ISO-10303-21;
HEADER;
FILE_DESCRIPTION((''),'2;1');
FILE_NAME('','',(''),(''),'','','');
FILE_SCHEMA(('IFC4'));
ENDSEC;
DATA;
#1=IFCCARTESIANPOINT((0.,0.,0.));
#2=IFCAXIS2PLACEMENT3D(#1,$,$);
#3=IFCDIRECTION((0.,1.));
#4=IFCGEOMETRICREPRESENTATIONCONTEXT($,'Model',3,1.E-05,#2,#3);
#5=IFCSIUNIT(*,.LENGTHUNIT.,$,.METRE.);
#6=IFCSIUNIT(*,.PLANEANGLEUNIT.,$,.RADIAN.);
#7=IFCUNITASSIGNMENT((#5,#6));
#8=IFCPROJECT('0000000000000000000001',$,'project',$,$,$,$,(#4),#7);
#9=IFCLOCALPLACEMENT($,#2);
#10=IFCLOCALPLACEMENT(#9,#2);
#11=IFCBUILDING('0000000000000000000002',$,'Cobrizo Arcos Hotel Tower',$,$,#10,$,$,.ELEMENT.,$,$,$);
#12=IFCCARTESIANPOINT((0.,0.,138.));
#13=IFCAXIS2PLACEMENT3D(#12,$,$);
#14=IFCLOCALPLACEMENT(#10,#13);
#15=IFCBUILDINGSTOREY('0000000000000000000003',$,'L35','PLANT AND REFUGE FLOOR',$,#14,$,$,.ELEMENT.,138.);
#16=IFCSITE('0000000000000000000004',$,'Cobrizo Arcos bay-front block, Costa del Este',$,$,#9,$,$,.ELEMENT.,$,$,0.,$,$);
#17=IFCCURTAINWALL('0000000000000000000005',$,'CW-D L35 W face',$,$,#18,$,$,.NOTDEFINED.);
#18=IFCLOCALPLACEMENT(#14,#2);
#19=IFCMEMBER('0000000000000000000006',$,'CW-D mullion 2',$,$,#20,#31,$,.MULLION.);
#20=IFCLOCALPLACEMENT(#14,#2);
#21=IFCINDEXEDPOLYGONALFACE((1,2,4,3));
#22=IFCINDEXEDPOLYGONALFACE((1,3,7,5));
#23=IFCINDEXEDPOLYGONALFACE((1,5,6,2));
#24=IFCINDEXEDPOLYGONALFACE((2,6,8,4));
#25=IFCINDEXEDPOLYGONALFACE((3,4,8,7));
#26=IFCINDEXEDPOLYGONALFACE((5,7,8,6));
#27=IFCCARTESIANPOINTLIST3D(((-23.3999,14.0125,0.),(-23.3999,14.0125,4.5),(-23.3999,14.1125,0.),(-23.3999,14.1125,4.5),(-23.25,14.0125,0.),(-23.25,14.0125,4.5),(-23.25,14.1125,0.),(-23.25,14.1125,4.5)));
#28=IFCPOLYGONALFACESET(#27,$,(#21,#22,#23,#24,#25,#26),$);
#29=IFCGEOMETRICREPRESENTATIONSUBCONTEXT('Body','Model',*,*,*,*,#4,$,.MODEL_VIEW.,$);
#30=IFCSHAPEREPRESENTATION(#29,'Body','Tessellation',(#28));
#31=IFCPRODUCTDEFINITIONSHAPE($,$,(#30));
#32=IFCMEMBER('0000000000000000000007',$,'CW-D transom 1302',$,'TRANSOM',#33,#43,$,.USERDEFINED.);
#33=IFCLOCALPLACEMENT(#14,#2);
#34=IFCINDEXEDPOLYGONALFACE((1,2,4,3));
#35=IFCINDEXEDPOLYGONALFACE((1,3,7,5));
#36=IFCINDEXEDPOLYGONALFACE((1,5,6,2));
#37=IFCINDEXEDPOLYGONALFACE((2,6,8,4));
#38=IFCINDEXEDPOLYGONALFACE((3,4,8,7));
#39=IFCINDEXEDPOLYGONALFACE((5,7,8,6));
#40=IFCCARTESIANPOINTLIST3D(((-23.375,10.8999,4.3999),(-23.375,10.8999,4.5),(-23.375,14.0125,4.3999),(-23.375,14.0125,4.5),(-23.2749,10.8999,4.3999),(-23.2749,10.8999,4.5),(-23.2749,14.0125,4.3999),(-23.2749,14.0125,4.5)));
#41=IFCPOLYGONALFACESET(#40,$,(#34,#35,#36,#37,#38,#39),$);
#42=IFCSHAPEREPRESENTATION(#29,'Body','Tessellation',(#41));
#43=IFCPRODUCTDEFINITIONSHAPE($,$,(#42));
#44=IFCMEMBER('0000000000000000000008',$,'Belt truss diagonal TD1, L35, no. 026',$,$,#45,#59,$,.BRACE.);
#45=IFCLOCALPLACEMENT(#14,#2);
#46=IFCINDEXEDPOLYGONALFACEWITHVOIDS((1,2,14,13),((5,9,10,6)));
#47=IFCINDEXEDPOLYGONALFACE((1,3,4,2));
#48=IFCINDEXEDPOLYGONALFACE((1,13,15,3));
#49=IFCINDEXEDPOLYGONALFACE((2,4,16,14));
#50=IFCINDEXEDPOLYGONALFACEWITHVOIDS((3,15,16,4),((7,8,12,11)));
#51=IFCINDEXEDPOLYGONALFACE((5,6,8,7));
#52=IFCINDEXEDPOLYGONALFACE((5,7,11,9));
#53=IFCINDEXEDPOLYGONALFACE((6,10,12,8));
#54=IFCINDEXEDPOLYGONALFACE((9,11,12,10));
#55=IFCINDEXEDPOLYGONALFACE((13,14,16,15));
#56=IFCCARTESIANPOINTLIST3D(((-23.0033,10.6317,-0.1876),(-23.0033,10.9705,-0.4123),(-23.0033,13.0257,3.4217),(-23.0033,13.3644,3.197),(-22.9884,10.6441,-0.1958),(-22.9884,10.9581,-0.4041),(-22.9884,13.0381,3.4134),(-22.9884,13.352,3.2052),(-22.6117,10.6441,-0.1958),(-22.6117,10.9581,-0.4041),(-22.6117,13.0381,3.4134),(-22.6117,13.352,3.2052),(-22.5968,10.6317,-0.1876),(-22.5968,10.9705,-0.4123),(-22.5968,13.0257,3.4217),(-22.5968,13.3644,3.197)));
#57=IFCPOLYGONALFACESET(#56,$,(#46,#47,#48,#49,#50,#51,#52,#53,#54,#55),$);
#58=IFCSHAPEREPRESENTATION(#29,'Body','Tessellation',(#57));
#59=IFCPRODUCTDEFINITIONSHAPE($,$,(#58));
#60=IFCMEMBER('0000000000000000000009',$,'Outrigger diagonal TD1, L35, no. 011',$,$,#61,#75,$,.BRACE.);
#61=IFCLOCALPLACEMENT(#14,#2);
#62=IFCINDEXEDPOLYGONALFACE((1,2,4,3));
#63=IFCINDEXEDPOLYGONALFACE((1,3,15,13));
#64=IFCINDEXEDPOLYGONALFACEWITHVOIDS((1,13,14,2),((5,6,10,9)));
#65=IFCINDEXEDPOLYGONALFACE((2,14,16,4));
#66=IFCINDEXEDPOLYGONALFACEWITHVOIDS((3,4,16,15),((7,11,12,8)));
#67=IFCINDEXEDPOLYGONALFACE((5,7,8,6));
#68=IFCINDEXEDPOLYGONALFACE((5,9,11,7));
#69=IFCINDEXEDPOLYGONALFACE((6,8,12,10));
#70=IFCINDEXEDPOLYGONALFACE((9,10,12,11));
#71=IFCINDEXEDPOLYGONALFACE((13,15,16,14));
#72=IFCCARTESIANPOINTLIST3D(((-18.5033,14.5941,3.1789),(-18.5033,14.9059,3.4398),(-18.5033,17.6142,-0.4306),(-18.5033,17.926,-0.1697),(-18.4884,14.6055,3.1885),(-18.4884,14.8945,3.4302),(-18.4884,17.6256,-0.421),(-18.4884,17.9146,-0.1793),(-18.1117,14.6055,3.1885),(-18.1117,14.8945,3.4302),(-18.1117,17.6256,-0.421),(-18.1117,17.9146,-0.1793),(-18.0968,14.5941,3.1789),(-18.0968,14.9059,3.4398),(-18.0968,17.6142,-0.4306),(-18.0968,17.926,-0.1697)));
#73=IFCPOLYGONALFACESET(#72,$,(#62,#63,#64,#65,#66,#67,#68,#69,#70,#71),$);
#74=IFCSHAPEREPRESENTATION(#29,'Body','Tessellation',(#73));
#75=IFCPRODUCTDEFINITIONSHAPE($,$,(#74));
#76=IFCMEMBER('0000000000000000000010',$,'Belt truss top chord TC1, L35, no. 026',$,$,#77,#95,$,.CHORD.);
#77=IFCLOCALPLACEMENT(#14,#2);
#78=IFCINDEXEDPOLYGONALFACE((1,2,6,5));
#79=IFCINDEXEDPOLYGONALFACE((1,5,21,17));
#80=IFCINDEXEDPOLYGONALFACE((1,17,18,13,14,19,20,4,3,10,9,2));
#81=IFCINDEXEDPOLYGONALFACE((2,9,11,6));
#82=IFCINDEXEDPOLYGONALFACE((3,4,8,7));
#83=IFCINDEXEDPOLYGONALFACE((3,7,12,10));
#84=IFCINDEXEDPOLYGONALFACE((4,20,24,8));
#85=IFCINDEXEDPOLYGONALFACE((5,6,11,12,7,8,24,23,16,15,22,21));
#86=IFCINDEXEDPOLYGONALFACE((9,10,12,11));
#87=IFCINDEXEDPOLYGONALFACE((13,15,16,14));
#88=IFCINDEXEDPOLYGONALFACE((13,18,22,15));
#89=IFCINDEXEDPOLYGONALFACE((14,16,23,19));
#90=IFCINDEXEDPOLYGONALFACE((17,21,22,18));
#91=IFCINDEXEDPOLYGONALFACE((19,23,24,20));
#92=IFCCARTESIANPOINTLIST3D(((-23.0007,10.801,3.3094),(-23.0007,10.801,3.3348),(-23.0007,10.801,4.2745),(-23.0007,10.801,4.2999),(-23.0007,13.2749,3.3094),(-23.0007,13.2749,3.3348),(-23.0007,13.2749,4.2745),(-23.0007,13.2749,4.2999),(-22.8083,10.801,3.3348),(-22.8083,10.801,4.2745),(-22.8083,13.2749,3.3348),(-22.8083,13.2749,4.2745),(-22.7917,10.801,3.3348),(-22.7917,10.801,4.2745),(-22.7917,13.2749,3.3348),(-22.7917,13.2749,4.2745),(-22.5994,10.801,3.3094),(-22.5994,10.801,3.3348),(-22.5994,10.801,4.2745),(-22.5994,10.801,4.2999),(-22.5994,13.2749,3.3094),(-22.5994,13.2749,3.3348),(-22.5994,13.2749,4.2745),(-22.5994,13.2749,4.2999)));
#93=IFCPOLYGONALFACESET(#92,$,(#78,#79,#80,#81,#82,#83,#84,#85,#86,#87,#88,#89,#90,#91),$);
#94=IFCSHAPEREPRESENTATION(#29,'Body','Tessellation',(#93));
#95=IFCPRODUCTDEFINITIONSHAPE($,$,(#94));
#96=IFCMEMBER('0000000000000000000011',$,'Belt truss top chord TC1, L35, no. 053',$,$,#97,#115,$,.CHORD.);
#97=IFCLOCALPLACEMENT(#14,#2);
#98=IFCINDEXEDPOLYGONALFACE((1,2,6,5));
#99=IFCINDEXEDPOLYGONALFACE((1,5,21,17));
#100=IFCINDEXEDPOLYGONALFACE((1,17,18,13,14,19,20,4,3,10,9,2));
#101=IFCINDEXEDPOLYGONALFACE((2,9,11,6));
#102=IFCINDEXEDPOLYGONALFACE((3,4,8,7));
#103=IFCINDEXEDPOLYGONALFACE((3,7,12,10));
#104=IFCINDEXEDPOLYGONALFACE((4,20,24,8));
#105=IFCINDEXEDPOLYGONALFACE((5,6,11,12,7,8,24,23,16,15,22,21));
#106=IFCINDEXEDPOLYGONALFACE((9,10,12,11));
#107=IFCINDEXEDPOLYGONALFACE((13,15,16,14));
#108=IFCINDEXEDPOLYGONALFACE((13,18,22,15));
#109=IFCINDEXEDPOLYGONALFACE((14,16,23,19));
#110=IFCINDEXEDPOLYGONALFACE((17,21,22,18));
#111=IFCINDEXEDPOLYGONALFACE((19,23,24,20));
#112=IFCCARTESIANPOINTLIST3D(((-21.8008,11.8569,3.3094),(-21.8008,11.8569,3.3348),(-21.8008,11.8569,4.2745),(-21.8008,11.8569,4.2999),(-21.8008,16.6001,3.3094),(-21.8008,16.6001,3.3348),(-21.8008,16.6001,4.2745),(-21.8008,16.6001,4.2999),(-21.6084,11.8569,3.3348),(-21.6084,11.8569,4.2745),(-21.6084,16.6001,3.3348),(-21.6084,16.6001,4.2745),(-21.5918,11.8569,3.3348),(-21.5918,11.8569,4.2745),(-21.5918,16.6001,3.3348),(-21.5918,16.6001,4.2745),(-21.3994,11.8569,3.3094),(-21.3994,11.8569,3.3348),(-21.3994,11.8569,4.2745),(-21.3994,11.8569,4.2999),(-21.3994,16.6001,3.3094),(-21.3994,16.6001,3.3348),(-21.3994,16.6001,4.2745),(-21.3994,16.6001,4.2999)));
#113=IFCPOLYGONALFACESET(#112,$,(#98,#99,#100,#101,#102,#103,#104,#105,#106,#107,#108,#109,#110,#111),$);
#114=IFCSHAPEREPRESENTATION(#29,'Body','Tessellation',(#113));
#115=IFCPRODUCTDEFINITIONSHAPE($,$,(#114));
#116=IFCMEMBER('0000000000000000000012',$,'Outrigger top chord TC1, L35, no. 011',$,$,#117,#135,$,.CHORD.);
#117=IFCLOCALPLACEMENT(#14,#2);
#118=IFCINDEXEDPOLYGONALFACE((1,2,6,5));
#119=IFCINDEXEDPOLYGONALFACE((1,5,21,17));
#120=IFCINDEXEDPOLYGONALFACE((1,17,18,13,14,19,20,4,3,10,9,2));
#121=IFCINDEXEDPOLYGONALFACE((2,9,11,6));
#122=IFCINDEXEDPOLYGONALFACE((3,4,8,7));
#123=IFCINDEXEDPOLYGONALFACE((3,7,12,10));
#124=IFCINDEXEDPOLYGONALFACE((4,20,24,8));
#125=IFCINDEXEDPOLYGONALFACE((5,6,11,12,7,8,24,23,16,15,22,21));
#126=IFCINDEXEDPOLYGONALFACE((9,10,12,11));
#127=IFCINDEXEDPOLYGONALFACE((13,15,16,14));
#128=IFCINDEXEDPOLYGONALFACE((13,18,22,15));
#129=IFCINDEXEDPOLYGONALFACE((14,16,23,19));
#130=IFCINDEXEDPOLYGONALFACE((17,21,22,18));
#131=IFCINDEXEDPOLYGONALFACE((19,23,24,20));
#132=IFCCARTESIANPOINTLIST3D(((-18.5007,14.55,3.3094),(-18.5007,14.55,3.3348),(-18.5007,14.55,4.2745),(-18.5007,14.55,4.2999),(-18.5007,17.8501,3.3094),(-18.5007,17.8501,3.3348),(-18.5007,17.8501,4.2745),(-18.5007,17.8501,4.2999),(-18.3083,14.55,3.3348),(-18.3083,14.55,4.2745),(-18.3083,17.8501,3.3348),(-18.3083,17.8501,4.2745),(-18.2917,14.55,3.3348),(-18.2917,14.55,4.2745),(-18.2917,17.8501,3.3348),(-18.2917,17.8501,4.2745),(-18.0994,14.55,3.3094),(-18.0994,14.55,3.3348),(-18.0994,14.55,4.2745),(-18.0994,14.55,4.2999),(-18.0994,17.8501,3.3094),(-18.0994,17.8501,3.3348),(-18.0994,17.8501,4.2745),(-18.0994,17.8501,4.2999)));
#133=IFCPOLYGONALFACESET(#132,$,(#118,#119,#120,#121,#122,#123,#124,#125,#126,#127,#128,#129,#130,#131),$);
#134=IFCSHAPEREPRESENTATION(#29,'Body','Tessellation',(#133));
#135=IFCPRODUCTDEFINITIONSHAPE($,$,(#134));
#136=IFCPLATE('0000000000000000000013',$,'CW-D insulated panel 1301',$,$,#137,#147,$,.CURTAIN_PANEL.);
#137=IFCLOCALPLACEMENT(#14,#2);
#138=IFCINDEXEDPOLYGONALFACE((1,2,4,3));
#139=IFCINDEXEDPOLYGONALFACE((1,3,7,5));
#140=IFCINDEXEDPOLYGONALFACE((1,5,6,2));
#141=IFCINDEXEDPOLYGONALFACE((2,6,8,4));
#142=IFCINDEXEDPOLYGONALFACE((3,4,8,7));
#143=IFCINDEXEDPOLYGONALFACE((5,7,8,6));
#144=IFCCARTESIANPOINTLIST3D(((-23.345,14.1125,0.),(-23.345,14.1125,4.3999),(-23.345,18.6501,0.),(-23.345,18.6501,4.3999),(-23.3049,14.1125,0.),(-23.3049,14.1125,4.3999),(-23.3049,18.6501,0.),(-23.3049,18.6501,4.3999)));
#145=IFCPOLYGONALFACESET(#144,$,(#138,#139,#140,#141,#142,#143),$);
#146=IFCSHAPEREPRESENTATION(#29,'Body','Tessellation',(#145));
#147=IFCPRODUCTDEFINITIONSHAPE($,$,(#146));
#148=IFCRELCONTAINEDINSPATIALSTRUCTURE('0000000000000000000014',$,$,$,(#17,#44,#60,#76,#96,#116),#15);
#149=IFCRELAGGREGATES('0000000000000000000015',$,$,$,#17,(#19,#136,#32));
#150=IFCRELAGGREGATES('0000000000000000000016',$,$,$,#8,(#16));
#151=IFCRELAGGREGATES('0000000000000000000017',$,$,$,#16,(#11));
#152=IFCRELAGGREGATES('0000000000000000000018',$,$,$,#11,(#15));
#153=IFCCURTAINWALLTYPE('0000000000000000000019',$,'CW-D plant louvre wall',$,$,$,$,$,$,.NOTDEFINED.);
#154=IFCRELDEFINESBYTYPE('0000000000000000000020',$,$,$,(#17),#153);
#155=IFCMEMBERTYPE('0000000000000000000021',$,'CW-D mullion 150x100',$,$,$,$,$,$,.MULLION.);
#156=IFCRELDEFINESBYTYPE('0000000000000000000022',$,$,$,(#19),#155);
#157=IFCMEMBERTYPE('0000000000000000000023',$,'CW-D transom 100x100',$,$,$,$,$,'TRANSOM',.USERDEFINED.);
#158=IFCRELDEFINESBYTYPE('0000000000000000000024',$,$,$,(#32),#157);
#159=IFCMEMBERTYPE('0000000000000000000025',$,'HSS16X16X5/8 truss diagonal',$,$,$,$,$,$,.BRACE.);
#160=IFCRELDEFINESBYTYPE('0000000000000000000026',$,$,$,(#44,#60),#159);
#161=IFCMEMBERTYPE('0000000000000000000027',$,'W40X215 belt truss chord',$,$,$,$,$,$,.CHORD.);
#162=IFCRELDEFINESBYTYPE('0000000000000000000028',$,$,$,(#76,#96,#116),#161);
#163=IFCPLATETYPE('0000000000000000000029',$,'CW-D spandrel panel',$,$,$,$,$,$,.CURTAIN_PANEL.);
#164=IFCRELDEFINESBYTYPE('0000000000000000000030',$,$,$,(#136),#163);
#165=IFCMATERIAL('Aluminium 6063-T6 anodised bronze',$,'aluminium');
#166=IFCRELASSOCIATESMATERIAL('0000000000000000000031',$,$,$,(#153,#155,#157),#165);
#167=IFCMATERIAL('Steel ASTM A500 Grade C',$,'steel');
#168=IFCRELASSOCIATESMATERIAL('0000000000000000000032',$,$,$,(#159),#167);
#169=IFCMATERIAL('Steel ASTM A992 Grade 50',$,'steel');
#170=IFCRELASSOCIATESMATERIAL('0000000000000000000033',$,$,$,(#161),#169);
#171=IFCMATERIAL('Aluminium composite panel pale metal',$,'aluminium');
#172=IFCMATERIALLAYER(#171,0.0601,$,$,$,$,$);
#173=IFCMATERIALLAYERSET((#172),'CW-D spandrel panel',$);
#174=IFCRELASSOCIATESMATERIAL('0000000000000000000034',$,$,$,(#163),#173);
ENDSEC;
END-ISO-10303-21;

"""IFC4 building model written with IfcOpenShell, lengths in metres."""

from ifc_helpers import new_model, si_unit, direction, frame, origin, origin_2d, place, context, subcontext, project, spatial, rectangle, hollow_rectangle, i_section, extrude, material, layer, layer_set, material_profile, profile_set, type_object, element, aggregate, save


model = new_model("IFC4")

# Units and contexts
model_context = context("Model", 3, precision=1e-05, world=origin(), true_north=direction((0.0, 1.0)))
body_context = subcontext(model_context, "Body", "Model", "MODEL_VIEW")
ifc_project = project(units=[si_unit("LENGTHUNIT", "METRE"), si_unit("PLANEANGLEUNIT", "RADIAN")], contexts=[model_context])

# Site, building, storey
site_placement = place(None, origin())
site = spatial("IfcSite", under=ifc_project, at=site_placement, Name="Cobrizo Arcos bay-front block, Costa del Este", CompositionType="ELEMENT", RefElevation=0.0)
building_placement = place(site_placement, origin())
building = spatial("IfcBuilding", under=site, at=building_placement, Name="Cobrizo Arcos Hotel Tower", CompositionType="ELEMENT")
storey_placement = place(building_placement, frame((0.0, 0.0, 138.0)))
storey = spatial("IfcBuildingStorey", under=building, at=storey_placement, Name="L35", Description="PLANT AND REFUGE FLOOR", CompositionType="ELEMENT", Elevation=138.0)

# Curtain wall, members
ifc_material_1 = material(Name="Aluminium 6063-T6 anodised bronze", Category="aluminium")
curtain_wall_type = type_object("IfcCurtainWallType", Name="CW-D plant louvre wall", PredefinedType="NOTDEFINED", material=ifc_material_1)
curtain_wall_placement = place(storey_placement, origin())
curtain_wall = element("IfcCurtainWall", 1, at=curtain_wall_placement, inside=storey, type_object=curtain_wall_type, Name="CW-D L35 W face", PredefinedType="NOTDEFINED")
ifc_material_profile_1 = material_profile(ifc_material_1, rectangle(XDim=0.1499, YDim=0.1001, at=origin_2d()), Name="CW-D mullion 150x100")
ifc_profile_set_1 = profile_set([ifc_material_profile_1], Name="Aluminium 6063-T6 anodised bronze")
member_type_1 = type_object("IfcMemberType", Name="CW-D mullion 150x100", PredefinedType="MULLION", material=ifc_profile_set_1)
member_1_placement = place(storey_placement, frame((-23.325, 14.0625, 0.0), z_axis=(0.0, 0.0, 1.0), x_axis=(-1.0, 0.0, 0.0)))
member_1 = element("IfcMember", 2, at=member_1_placement, type_object=member_type_1, Name="CW-D mullion 2", PredefinedType="MULLION", context=body_context, shape_type="SweptSolid", body=[
    extrude(rectangle(XDim=0.1499, YDim=0.1001, at=origin_2d()), origin(), (0.0, 0.0, 1.0), 4.5),
])
ifc_material_profile_2 = material_profile(ifc_material_1, rectangle(XDim=0.1001, YDim=0.1001, at=origin_2d()), Name="CW-D transom 100x100")
ifc_profile_set_2 = profile_set([ifc_material_profile_2], Name="Aluminium 6063-T6 anodised bronze")
member_type_2 = type_object("IfcMemberType", Name="CW-D transom 100x100", ElementType="TRANSOM", PredefinedType="USERDEFINED", material=ifc_profile_set_2)
member_2_placement = place(storey_placement, frame((-23.325, 14.0125, 4.45), z_axis=(0.0, -1.0, 0.0), x_axis=(1.0, 0.0, 0.0)))
member_2 = element("IfcMember", 3, at=member_2_placement, type_object=member_type_2, Name="CW-D transom 1302", ObjectType="TRANSOM", PredefinedType="USERDEFINED", context=body_context, shape_type="SweptSolid", body=[
    extrude(rectangle(XDim=0.1001, YDim=0.1001, at=origin_2d()), origin(), (0.0, 0.0, 1.0), 3.1125),
])

# Members
ifc_material_2 = material(Name="Steel ASTM A500 Grade C", Category="steel")
ifc_material_profile_3 = material_profile(ifc_material_2, hollow_rectangle(XDim=0.4065, YDim=0.4065, WallThickness=0.0149, at=origin_2d()), Name="HSS16X16X5/8")
ifc_profile_set_3 = profile_set([ifc_material_profile_3], Name="Steel ASTM A500 Grade C")
member_type_3 = type_object("IfcMemberType", Name="HSS16X16X5/8 truss diagonal", PredefinedType="BRACE", material=ifc_profile_set_3)
member_3_placement = place(storey_placement, frame((-22.8, 13.1951, 3.3093), z_axis=(0.0, -0.552747, -0.833349), x_axis=(1.0, 0.0, 0.0)))
element("IfcMember", 4, at=member_3_placement, inside=storey, type_object=member_type_3, Name="Belt truss diagonal TD1, L35, no. 026", PredefinedType="BRACE", context=body_context, shape_type="SweptSolid", body=[
    extrude(hollow_rectangle(XDim=0.4065, YDim=0.4065, WallThickness=0.0149, at=origin_2d()), origin(), (0.0, 0.0, 1.0), 4.3311),
])
member_4_placement = place(storey_placement, frame((-18.3, 14.75, 3.3093), z_axis=(0.0, 0.641714, -0.766944), x_axis=(-1.0, 0.0, 0.0)))
element("IfcMember", 5, at=member_4_placement, inside=storey, type_object=member_type_3, Name="Outrigger diagonal TD1, L35, no. 011", PredefinedType="BRACE", context=body_context, shape_type="SweptSolid", body=[
    extrude(hollow_rectangle(XDim=0.4065, YDim=0.4065, WallThickness=0.0149, at=origin_2d()), origin(), (0.0, 0.0, 1.0), 4.7063),
])
ifc_material_3 = material(Name="Steel ASTM A992 Grade 50", Category="steel")
ifc_material_profile_4 = material_profile(ifc_material_3, i_section(OverallWidth=0.4014, OverallDepth=0.9905, WebThickness=0.0166, FlangeThickness=0.0254, at=origin_2d()), Name="W40X215")
ifc_profile_set_4 = profile_set([ifc_material_profile_4], Name="Steel ASTM A992 Grade 50")
member_type_4 = type_object("IfcMemberType", Name="W40X215 belt truss chord", PredefinedType="CHORD", material=ifc_profile_set_4)
member_5_placement = place(storey_placement, frame((-22.8, 13.2749, 3.8047), z_axis=(0.0, -1.0, 0.0), x_axis=(1.0, 0.0, 0.0)))
element("IfcMember", 6, at=member_5_placement, inside=storey, type_object=member_type_4, Name="Belt truss top chord TC1, L35, no. 026", PredefinedType="CHORD", context=body_context, shape_type="SweptSolid", body=[
    extrude(i_section(OverallWidth=0.4014, OverallDepth=0.9905, WebThickness=0.0166, FlangeThickness=0.0254, at=origin_2d()), origin(), (0.0, 0.0, 1.0), 2.4739),
])
member_6_placement = place(storey_placement, frame((-21.6001, 16.6001, 3.8047), z_axis=(0.0, -1.0, 0.0), x_axis=(1.0, 0.0, 0.0)))
element("IfcMember", 7, at=member_6_placement, inside=storey, type_object=member_type_4, Name="Belt truss top chord TC1, L35, no. 053", PredefinedType="CHORD", context=body_context, shape_type="SweptSolid", body=[
    extrude(i_section(OverallWidth=0.4014, OverallDepth=0.9905, WebThickness=0.0166, FlangeThickness=0.0254, at=origin_2d()), origin(), (0.0, 0.0, 1.0), 4.7432),
])
member_7_placement = place(storey_placement, frame((-18.3, 14.55, 3.8047), z_axis=(0.0, 1.0, 0.0), x_axis=(-1.0, 0.0, 0.0)))
element("IfcMember", 8, at=member_7_placement, inside=storey, type_object=member_type_4, Name="Outrigger top chord TC1, L35, no. 011", PredefinedType="CHORD", context=body_context, shape_type="SweptSolid", body=[
    extrude(i_section(OverallWidth=0.4014, OverallDepth=0.9905, WebThickness=0.0166, FlangeThickness=0.0254, at=origin_2d()), origin(), (0.0, 0.0, 1.0), 3.3),
])

# Plate
ifc_material_4 = material(Name="Aluminium composite panel pale metal", Category="aluminium")
ifc_layer_1 = layer(ifc_material_4, 0.0601)
ifc_layer_set_1 = layer_set([ifc_layer_1], Name="CW-D spandrel panel")
plate_type = type_object("IfcPlateType", Name="CW-D spandrel panel", PredefinedType="CURTAIN_PANEL", material=ifc_layer_set_1)
plate_placement = place(storey_placement, frame((-23.325, 16.3813, 0.0), z_axis=(0.0, 0.0, 1.0), x_axis=(0.0, -1.0, 0.0)))
plate = element("IfcPlate", 9, at=plate_placement, type_object=plate_type, Name="CW-D insulated panel 1301", PredefinedType="CURTAIN_PANEL", context=body_context, shape_type="SweptSolid", body=[
    extrude(rectangle(XDim=4.5376, YDim=0.04, at=origin_2d()), origin(), (0.0, 0.0, 1.0), 4.3999),
])
aggregate(curtain_wall, [member_1, plate, member_2])

save(model, "model.ifc")
